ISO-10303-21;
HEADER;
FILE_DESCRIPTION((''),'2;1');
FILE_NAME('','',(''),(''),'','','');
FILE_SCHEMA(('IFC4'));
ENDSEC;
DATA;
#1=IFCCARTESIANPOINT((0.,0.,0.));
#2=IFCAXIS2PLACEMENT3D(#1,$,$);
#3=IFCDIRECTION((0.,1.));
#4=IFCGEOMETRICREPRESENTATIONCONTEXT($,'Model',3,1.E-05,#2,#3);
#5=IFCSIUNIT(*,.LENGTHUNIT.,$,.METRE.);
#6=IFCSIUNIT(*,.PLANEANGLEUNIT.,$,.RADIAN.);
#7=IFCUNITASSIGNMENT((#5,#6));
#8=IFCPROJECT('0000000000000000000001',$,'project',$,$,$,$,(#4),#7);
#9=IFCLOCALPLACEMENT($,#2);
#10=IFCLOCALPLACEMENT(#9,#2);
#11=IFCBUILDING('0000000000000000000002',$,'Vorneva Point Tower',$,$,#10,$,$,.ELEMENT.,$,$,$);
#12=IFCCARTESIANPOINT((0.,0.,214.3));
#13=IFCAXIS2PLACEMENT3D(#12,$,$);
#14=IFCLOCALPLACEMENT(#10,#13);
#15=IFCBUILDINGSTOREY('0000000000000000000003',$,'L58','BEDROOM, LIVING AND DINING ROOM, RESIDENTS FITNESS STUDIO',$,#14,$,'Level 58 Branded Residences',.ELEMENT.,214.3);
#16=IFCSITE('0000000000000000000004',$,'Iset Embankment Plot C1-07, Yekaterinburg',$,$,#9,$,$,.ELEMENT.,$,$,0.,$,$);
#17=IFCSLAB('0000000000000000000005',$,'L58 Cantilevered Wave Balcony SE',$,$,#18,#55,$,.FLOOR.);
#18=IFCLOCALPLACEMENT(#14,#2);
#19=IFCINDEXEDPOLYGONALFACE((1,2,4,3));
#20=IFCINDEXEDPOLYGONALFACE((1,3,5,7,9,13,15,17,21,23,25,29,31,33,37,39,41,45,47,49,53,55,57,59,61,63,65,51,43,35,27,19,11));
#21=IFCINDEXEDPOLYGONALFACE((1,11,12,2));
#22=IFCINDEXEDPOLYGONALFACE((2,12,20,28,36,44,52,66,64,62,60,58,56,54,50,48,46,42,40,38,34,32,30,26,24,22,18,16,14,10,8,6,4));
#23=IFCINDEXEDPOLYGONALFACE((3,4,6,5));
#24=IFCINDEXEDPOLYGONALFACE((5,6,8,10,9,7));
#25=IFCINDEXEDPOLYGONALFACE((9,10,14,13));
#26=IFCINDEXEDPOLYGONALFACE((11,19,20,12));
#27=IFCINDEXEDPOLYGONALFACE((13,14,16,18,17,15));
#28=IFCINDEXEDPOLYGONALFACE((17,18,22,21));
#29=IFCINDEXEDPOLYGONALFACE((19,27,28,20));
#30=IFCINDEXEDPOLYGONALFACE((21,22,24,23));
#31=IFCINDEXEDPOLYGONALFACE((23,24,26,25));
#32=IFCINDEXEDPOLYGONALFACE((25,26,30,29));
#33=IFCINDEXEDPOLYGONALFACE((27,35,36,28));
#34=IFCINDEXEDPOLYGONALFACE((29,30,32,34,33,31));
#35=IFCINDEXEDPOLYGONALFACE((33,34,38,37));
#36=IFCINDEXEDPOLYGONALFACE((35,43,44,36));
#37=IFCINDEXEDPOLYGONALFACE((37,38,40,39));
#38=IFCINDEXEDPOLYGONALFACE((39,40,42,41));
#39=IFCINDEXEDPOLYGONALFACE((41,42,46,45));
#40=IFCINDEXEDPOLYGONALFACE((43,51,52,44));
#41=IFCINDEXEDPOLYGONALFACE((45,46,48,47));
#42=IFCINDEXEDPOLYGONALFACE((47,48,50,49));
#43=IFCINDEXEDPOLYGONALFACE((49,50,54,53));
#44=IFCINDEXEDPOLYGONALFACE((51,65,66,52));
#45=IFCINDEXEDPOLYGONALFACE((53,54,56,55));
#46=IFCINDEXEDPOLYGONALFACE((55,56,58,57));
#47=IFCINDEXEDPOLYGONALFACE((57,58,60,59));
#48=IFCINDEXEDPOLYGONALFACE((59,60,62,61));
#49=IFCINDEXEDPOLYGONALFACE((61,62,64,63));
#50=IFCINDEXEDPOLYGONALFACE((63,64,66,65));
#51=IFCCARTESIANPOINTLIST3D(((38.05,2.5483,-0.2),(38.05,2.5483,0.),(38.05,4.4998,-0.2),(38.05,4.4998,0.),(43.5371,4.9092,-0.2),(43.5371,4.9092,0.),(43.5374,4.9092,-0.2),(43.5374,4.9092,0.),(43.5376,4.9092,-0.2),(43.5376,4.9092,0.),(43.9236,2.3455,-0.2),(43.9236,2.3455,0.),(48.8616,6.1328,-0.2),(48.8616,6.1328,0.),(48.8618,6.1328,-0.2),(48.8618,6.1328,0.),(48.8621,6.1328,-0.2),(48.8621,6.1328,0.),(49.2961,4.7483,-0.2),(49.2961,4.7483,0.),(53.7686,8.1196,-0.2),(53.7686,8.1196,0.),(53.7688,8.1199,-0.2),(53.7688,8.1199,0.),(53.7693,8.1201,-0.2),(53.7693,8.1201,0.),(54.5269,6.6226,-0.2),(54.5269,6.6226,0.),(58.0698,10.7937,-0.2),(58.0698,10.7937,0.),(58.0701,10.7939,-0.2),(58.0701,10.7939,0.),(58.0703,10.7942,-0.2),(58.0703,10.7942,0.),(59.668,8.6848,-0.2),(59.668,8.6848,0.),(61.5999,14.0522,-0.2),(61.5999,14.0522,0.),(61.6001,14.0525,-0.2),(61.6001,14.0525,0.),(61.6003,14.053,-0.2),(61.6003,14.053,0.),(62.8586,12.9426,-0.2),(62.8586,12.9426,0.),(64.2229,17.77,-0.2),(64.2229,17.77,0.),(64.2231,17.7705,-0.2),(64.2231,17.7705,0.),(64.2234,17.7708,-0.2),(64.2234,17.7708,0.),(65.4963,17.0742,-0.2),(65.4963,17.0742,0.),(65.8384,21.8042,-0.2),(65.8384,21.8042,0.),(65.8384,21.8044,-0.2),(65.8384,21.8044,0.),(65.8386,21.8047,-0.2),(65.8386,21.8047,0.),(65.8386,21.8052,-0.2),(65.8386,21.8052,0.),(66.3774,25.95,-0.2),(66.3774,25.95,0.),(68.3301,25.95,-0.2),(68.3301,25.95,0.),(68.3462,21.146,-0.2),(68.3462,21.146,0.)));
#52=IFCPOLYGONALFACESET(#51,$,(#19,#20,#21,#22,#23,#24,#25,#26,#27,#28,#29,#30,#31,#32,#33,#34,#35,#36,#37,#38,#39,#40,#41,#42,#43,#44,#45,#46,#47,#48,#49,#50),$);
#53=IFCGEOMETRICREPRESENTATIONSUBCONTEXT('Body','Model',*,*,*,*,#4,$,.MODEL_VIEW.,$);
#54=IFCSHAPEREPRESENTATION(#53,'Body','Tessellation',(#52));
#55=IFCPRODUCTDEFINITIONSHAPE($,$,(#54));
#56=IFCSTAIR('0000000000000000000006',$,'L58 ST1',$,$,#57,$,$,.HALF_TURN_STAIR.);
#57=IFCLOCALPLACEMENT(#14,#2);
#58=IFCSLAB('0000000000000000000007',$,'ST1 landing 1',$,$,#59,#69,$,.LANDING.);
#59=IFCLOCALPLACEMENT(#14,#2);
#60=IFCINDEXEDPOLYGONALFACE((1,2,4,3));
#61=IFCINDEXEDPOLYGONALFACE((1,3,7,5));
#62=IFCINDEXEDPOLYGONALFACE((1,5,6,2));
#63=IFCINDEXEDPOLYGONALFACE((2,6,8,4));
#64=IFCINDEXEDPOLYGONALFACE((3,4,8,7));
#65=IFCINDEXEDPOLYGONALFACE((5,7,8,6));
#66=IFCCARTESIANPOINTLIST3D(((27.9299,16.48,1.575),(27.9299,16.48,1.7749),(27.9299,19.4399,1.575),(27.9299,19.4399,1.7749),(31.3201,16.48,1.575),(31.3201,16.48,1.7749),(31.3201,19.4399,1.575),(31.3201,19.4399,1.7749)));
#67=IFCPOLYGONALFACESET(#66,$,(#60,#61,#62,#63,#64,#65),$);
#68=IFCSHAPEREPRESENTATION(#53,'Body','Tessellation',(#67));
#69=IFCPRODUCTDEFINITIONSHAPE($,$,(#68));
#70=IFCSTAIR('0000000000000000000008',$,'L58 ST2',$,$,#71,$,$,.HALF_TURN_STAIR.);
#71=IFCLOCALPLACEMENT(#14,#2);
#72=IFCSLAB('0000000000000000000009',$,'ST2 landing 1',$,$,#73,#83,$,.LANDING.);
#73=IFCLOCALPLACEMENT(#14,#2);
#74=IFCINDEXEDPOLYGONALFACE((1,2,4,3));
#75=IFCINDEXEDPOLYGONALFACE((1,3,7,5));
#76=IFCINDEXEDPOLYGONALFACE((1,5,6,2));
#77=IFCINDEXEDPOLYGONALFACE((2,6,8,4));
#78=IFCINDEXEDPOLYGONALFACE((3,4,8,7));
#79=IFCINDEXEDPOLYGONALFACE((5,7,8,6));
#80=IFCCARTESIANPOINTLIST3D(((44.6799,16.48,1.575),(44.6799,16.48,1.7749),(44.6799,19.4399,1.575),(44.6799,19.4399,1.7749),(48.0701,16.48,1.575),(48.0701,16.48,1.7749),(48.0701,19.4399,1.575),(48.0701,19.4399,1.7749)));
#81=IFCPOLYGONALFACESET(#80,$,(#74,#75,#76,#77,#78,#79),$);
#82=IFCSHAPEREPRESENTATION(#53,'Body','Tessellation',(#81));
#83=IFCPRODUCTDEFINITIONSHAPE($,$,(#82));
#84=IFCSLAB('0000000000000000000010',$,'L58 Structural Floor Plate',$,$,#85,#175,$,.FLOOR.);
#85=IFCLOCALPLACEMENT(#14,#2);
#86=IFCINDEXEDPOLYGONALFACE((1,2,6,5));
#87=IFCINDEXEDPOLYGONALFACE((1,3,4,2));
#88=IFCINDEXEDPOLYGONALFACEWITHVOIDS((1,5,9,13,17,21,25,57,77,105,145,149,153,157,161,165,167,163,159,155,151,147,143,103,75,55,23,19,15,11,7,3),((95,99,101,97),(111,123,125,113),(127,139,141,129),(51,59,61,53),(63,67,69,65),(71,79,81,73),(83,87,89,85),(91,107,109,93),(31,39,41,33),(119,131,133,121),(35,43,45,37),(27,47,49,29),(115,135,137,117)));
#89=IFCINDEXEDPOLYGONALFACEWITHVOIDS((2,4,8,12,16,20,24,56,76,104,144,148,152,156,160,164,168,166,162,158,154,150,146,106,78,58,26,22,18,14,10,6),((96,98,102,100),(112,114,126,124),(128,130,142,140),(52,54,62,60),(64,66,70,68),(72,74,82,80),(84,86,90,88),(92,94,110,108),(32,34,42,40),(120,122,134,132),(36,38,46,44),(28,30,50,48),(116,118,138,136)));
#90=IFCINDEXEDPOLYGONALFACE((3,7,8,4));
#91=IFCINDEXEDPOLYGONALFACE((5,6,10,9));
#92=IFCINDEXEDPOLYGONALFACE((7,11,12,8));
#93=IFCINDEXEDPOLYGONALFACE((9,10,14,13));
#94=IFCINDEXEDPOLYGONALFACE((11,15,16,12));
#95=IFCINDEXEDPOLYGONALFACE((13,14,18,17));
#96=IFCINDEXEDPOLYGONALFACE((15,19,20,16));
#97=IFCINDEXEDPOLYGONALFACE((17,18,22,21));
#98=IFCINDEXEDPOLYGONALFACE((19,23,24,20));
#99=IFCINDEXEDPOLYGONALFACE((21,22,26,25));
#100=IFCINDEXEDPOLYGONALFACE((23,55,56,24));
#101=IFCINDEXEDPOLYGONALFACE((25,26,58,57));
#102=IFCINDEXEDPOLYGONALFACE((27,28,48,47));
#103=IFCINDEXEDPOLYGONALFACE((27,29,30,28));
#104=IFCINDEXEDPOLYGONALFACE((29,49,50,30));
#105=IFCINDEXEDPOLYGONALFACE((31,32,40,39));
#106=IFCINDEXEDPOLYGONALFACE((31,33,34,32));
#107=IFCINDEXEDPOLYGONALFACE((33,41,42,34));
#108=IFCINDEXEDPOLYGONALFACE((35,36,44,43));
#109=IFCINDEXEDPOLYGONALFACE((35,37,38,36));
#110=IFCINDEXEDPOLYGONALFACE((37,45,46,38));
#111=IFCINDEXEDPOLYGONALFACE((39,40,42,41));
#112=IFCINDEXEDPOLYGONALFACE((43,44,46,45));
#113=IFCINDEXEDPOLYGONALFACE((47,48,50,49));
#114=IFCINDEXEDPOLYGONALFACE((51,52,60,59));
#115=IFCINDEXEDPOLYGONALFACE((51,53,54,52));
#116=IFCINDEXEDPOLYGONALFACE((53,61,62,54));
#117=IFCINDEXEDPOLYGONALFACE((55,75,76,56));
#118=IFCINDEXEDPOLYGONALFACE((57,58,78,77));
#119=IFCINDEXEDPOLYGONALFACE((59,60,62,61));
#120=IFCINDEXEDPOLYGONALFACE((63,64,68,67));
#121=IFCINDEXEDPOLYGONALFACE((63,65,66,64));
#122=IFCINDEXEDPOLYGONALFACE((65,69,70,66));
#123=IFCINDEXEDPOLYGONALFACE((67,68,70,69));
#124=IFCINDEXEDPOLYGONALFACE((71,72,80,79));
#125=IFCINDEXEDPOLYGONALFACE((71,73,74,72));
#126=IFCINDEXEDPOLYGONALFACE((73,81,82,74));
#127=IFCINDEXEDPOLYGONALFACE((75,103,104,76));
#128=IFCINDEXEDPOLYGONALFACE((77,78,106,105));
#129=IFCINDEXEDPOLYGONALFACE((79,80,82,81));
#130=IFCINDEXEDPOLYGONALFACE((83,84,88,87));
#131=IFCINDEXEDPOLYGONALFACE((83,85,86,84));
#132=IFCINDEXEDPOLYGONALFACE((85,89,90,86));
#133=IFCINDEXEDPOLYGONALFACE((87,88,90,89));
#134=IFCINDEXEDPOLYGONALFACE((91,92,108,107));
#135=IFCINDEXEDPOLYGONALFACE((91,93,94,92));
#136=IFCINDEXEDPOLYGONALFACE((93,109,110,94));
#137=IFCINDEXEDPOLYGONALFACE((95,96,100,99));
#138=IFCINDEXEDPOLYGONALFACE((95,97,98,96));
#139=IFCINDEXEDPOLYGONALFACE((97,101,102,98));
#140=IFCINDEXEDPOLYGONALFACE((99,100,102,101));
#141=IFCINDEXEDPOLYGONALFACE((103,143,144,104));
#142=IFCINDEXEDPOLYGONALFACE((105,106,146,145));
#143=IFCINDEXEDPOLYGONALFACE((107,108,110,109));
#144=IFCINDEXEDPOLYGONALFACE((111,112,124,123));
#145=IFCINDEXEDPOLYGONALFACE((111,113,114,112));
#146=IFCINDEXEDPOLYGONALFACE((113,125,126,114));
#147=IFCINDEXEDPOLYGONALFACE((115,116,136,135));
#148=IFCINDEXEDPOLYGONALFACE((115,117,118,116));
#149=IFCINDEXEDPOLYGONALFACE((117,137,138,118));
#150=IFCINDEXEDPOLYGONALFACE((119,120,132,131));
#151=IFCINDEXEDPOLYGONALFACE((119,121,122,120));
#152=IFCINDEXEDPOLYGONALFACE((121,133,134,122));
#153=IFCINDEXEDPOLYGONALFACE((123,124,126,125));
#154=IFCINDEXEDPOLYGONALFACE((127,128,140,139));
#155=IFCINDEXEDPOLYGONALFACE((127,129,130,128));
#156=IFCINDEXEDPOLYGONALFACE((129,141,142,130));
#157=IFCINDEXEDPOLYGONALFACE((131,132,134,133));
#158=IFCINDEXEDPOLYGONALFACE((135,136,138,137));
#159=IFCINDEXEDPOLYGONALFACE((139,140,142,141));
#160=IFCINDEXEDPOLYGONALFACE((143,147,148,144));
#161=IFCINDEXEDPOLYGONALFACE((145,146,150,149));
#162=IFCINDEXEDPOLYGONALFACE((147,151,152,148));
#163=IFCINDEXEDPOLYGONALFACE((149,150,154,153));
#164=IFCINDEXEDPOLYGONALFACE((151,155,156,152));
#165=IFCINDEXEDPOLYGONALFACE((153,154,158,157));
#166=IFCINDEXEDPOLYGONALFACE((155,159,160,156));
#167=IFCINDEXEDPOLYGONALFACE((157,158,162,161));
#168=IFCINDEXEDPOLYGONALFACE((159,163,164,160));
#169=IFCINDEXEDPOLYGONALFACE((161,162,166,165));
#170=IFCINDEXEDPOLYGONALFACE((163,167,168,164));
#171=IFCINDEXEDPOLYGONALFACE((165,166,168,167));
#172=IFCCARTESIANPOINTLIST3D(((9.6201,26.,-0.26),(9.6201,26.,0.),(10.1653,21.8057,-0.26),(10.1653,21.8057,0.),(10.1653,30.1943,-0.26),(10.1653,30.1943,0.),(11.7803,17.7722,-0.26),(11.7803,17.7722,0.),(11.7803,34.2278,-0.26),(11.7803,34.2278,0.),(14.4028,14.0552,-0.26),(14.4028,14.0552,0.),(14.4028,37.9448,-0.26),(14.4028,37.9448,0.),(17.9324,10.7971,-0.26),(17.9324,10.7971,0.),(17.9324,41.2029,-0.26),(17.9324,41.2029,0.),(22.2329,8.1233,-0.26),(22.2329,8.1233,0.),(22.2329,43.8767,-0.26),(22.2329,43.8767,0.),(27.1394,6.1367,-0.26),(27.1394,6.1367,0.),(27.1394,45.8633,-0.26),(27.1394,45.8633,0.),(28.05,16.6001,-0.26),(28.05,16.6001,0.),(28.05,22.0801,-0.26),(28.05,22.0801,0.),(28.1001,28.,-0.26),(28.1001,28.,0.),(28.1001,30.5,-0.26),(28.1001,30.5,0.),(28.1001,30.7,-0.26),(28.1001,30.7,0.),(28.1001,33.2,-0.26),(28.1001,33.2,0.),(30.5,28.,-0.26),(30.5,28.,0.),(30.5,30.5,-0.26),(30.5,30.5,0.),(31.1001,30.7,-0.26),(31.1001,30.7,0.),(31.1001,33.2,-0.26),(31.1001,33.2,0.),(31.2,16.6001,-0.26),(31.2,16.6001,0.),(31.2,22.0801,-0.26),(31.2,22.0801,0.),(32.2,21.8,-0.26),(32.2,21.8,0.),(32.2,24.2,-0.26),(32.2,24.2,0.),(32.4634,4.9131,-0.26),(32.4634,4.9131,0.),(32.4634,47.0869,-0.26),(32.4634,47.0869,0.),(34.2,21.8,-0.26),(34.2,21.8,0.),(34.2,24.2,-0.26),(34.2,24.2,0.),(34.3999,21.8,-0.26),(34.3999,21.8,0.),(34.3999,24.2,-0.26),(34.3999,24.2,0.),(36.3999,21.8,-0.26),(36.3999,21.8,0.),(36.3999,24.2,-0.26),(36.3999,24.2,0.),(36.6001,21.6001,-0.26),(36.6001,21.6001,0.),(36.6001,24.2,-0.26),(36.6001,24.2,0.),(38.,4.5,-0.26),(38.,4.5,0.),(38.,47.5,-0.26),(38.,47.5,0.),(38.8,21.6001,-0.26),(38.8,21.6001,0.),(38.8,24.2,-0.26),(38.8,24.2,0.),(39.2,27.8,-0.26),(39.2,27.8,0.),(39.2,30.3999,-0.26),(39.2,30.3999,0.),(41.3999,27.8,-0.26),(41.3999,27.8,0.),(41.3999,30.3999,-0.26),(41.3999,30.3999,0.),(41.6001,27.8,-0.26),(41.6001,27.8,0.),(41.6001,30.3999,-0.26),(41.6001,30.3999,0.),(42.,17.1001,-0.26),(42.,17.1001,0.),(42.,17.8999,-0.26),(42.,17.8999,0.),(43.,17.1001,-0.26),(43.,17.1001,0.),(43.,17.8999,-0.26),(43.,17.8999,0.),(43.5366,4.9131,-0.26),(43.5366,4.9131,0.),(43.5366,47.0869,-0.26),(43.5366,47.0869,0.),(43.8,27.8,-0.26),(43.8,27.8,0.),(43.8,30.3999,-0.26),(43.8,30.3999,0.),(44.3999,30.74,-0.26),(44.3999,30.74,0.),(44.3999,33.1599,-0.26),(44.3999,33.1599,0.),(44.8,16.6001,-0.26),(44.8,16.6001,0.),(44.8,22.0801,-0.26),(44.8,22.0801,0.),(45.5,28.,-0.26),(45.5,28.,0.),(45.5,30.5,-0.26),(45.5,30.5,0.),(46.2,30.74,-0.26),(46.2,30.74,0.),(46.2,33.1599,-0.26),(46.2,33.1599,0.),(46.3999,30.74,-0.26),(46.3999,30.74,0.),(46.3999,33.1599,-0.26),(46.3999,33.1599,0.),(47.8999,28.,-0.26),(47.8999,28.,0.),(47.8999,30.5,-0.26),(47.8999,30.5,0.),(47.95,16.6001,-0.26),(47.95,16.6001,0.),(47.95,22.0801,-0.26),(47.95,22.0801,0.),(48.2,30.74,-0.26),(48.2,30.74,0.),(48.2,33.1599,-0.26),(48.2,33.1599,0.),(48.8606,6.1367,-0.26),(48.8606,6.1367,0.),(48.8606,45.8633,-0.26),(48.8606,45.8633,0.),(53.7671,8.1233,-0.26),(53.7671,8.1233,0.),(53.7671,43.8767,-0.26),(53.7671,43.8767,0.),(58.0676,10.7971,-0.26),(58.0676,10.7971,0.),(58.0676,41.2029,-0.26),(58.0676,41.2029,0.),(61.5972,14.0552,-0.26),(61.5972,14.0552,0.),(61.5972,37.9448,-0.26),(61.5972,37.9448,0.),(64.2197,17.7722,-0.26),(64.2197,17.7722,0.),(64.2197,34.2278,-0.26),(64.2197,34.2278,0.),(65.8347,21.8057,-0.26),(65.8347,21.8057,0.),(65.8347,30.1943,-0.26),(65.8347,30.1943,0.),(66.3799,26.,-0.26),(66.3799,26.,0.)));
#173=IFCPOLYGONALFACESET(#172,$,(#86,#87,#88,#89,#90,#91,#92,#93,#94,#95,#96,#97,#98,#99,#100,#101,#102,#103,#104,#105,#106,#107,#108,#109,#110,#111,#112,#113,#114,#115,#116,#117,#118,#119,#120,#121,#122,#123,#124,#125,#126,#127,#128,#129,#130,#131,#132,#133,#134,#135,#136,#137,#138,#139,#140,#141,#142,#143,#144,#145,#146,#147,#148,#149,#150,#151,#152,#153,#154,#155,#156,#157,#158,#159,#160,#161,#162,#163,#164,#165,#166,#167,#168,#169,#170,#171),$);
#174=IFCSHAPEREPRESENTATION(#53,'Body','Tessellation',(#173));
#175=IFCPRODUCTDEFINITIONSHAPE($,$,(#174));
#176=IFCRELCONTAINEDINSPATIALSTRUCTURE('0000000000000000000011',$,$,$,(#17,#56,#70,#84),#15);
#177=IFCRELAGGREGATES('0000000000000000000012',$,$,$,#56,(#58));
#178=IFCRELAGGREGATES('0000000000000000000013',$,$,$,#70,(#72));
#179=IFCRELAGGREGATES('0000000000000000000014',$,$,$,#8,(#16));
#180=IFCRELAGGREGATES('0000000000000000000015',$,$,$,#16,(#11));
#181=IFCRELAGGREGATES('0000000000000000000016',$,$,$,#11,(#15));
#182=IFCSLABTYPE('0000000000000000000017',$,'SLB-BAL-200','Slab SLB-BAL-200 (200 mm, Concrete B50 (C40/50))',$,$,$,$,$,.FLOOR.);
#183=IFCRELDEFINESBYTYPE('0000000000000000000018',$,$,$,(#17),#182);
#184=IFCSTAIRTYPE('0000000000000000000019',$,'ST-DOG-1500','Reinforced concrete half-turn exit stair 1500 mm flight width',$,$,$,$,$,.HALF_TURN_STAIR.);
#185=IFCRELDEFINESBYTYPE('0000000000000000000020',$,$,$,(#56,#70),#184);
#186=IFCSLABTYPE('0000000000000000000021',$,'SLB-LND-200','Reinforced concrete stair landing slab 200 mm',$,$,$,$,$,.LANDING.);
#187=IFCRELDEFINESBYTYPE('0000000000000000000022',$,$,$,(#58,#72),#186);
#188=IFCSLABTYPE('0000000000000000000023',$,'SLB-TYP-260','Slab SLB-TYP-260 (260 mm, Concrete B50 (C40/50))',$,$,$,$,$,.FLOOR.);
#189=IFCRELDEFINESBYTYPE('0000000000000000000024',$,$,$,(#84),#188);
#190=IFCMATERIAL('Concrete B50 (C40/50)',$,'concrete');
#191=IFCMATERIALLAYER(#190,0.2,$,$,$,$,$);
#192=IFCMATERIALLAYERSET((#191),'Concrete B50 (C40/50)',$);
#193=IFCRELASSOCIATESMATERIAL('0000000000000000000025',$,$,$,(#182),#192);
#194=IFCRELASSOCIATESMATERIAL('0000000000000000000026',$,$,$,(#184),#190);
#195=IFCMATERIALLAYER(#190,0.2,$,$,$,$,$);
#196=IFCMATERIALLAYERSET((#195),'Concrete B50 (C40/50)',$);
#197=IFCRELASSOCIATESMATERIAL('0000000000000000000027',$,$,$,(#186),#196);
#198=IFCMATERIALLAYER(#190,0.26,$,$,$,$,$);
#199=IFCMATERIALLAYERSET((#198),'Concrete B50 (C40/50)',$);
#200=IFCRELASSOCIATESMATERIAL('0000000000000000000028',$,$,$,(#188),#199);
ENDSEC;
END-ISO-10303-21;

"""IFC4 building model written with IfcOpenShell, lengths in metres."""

from ifc_helpers import new_model, si_unit, direction, frame, origin, place, context, subcontext, project, spatial, polyline, outline, extrude, material, layer, layer_set, type_object, element, aggregate, save


model = new_model("IFC4")

# Units and contexts
model_context = context("Model", 3, precision=1e-05, world=origin(), true_north=direction((0.0, 1.0)))
body_context = subcontext(model_context, "Body", "Model", "MODEL_VIEW")
ifc_project = project(units=[si_unit("LENGTHUNIT", "METRE"), si_unit("PLANEANGLEUNIT", "RADIAN")], contexts=[model_context])

# Site, building, storey
site_placement = place(None, origin())
site = spatial("IfcSite", under=ifc_project, at=site_placement, Name="Iset Embankment Plot C1-07, Yekaterinburg", CompositionType="ELEMENT", RefElevation=0.0)
building_placement = place(site_placement, origin())
building = spatial("IfcBuilding", under=site, at=building_placement, Name="Vorneva Point Tower", CompositionType="ELEMENT")
storey_placement = place(building_placement, frame((0.0, 0.0, 214.3)))
storey = spatial("IfcBuildingStorey", under=building, at=storey_placement, Name="L58", Description="BEDROOM, LIVING AND DINING ROOM, RESIDENTS FITNESS STUDIO", LongName="Level 58 Branded Residences", CompositionType="ELEMENT", Elevation=214.3)

# Shared definitions
ifc_material_1 = material(Name="Concrete B50 (C40/50)", Category="concrete")

# Slab
ifc_layer_1 = layer(ifc_material_1, 0.2)
ifc_layer_set_1 = layer_set([ifc_layer_1], Name="Concrete B50 (C40/50)")
slab_type_1 = type_object("IfcSlabType", Name="SLB-BAL-200", Description="Slab SLB-BAL-200 (200 mm, Concrete B50 (C40/50))", PredefinedType="FLOOR", material=ifc_layer_set_1)
slab_1_placement = place(storey_placement, frame((0.0, 0.0, -0.2)))
element("IfcSlab", 1, at=slab_1_placement, inside=storey, type_object=slab_type_1, Name="L58 Cantilevered Wave Balcony SE", PredefinedType="FLOOR", context=body_context, shape_type="SweptSolid", body=[
    extrude(outline(polyline([(68.3462, 21.146), (68.3301, 25.95), (66.3774, 25.95), (65.8386, 21.8052), (65.8386, 21.8047), (65.8384, 21.8044), (65.8384, 21.8042), (64.2234, 17.7708), (64.2231, 17.7705), (64.2229, 17.77), (61.6003, 14.053), (61.6001, 14.0525), (61.5999, 14.0522), (58.0703, 10.7942), (58.0701, 10.7939), (58.0698, 10.7937), (53.7693, 8.1201), (53.7688, 8.1199), (53.7686, 8.1196), (48.8621, 6.1328), (48.8618, 6.1328), (48.8616, 6.1328), (43.5376, 4.9092), (43.5374, 4.9092), (43.5371, 4.9092), (38.05, 4.4998), (38.05, 2.5483), (43.9236, 2.3455), (49.2961, 4.7483), (54.5269, 6.6226), (59.668, 8.6848), (62.8586, 12.9426), (65.4963, 17.0742), (68.3462, 21.146)])), origin(), (0.0, 0.0, 1.0), 0.2),
])

# Stairs, slabs
stair_type = type_object("IfcStairType", Name="ST-DOG-1500", Description="Reinforced concrete half-turn exit stair 1500 mm flight width", PredefinedType="HALF_TURN_STAIR", material=ifc_material_1)
stair_1_placement = place(storey_placement, origin())
stair_1 = element("IfcStair", 2, at=stair_1_placement, inside=storey, type_object=stair_type, Name="L58 ST1", PredefinedType="HALF_TURN_STAIR")
ifc_layer_2 = layer(ifc_material_1, 0.2)
ifc_layer_set_2 = layer_set([ifc_layer_2], Name="Concrete B50 (C40/50)")
slab_type_2 = type_object("IfcSlabType", Name="SLB-LND-200", Description="Reinforced concrete stair landing slab 200 mm", PredefinedType="LANDING", material=ifc_layer_set_2)
slab_2_placement = place(storey_placement, frame((0.0, 0.0, 1.575)))
slab_2 = element("IfcSlab", 3, at=slab_2_placement, type_object=slab_type_2, Name="ST1 landing 1", PredefinedType="LANDING", context=body_context, shape_type="SweptSolid", body=[
    extrude(outline(polyline([(27.9299, 16.48), (31.3201, 16.48), (31.3201, 19.4399), (27.9299, 19.4399), (27.9299, 16.48)])), origin(), (0.0, 0.0, 1.0), 0.2),
])
aggregate(stair_1, [slab_2])
stair_2_placement = place(storey_placement, origin())
stair_2 = element("IfcStair", 4, at=stair_2_placement, inside=storey, type_object=stair_type, Name="L58 ST2", PredefinedType="HALF_TURN_STAIR")
slab_3_placement = place(storey_placement, frame((0.0, 0.0, 1.575)))
slab_3 = element("IfcSlab", 5, at=slab_3_placement, type_object=slab_type_2, Name="ST2 landing 1", PredefinedType="LANDING", context=body_context, shape_type="SweptSolid", body=[
    extrude(outline(polyline([(44.6799, 16.48), (48.0701, 16.48), (48.0701, 19.4399), (44.6799, 19.4399), (44.6799, 16.48)])), origin(), (0.0, 0.0, 1.0), 0.2),
])
aggregate(stair_2, [slab_3])

# Slab
ifc_layer_3 = layer(ifc_material_1, 0.26)
ifc_layer_set_3 = layer_set([ifc_layer_3], Name="Concrete B50 (C40/50)")
slab_type_3 = type_object("IfcSlabType", Name="SLB-TYP-260", Description="Slab SLB-TYP-260 (260 mm, Concrete B50 (C40/50))", PredefinedType="FLOOR", material=ifc_layer_set_3)
slab_4_placement = place(storey_placement, frame((0.0, 0.0, -0.26)))
element("IfcSlab", 6, at=slab_4_placement, inside=storey, type_object=slab_type_3, Name="L58 Structural Floor Plate", PredefinedType="FLOOR", context=body_context, shape_type="SweptSolid", body=[
    extrude(outline(polyline([(66.3799, 26.0), (65.8347, 30.1943), (64.2197, 34.2278), (61.5972, 37.9448), (58.0676, 41.2029), (53.7671, 43.8767), (48.8606, 45.8633), (43.5366, 47.0869), (38.0, 47.5), (32.4634, 47.0869), (27.1394, 45.8633), (22.2329, 43.8767), (17.9324, 41.2029), (14.4028, 37.9448), (11.7803, 34.2278), (10.1653, 30.1943), (9.6201, 26.0), (10.1653, 21.8057), (11.7803, 17.7722), (14.4028, 14.0552), (17.9324, 10.7971), (22.2329, 8.1233), (27.1394, 6.1367), (32.4634, 4.9131), (38.0, 4.5), (43.5366, 4.9131), (48.8606, 6.1367), (53.7671, 8.1233), (58.0676, 10.7971), (61.5972, 14.0552), (64.2197, 17.7722), (65.8347, 21.8057), (66.3799, 26.0)]), holes=[polyline([(32.2, 21.8), (34.2, 21.8), (34.2, 24.2), (32.2, 24.2), (32.2, 21.8)]), polyline([(34.3999, 21.8), (36.3999, 21.8), (36.3999, 24.2), (34.3999, 24.2), (34.3999, 21.8)]), polyline([(36.6001, 21.6001), (38.8, 21.6001), (38.8, 24.2), (36.6001, 24.2), (36.6001, 21.6001)]), polyline([(39.2, 27.8), (41.3999, 27.8), (41.3999, 30.3999), (39.2, 30.3999), (39.2, 27.8)]), polyline([(41.6001, 27.8), (43.8, 27.8), (43.8, 30.3999), (41.6001, 30.3999), (41.6001, 27.8)]), polyline([(44.3999, 30.74), (46.2, 30.74), (46.2, 33.1599), (44.3999, 33.1599), (44.3999, 30.74)]), polyline([(46.3999, 30.74), (48.2, 30.74), (48.2, 33.1599), (46.3999, 33.1599), (46.3999, 30.74)]), polyline([(28.1001, 28.0), (30.5, 28.0), (30.5, 30.5), (28.1001, 30.5), (28.1001, 28.0)]), polyline([(45.5, 28.0), (47.8999, 28.0), (47.8999, 30.5), (45.5, 30.5), (45.5, 28.0)]), polyline([(28.1001, 30.7), (31.1001, 30.7), (31.1001, 33.2), (28.1001, 33.2), (28.1001, 30.7)]), polyline([(28.05, 16.6001), (31.2, 16.6001), (31.2, 22.0801), (28.05, 22.0801), (28.05, 16.6001)]), polyline([(44.8, 16.6001), (47.95, 16.6001), (47.95, 22.0801), (44.8, 22.0801), (44.8, 16.6001)]), polyline([(42.0, 17.1001), (43.0, 17.1001), (43.0, 17.8999), (42.0, 17.8999), (42.0, 17.1001)])]), origin(), (0.0, 0.0, 1.0), 0.26),
])

save(model, "model.ifc")
